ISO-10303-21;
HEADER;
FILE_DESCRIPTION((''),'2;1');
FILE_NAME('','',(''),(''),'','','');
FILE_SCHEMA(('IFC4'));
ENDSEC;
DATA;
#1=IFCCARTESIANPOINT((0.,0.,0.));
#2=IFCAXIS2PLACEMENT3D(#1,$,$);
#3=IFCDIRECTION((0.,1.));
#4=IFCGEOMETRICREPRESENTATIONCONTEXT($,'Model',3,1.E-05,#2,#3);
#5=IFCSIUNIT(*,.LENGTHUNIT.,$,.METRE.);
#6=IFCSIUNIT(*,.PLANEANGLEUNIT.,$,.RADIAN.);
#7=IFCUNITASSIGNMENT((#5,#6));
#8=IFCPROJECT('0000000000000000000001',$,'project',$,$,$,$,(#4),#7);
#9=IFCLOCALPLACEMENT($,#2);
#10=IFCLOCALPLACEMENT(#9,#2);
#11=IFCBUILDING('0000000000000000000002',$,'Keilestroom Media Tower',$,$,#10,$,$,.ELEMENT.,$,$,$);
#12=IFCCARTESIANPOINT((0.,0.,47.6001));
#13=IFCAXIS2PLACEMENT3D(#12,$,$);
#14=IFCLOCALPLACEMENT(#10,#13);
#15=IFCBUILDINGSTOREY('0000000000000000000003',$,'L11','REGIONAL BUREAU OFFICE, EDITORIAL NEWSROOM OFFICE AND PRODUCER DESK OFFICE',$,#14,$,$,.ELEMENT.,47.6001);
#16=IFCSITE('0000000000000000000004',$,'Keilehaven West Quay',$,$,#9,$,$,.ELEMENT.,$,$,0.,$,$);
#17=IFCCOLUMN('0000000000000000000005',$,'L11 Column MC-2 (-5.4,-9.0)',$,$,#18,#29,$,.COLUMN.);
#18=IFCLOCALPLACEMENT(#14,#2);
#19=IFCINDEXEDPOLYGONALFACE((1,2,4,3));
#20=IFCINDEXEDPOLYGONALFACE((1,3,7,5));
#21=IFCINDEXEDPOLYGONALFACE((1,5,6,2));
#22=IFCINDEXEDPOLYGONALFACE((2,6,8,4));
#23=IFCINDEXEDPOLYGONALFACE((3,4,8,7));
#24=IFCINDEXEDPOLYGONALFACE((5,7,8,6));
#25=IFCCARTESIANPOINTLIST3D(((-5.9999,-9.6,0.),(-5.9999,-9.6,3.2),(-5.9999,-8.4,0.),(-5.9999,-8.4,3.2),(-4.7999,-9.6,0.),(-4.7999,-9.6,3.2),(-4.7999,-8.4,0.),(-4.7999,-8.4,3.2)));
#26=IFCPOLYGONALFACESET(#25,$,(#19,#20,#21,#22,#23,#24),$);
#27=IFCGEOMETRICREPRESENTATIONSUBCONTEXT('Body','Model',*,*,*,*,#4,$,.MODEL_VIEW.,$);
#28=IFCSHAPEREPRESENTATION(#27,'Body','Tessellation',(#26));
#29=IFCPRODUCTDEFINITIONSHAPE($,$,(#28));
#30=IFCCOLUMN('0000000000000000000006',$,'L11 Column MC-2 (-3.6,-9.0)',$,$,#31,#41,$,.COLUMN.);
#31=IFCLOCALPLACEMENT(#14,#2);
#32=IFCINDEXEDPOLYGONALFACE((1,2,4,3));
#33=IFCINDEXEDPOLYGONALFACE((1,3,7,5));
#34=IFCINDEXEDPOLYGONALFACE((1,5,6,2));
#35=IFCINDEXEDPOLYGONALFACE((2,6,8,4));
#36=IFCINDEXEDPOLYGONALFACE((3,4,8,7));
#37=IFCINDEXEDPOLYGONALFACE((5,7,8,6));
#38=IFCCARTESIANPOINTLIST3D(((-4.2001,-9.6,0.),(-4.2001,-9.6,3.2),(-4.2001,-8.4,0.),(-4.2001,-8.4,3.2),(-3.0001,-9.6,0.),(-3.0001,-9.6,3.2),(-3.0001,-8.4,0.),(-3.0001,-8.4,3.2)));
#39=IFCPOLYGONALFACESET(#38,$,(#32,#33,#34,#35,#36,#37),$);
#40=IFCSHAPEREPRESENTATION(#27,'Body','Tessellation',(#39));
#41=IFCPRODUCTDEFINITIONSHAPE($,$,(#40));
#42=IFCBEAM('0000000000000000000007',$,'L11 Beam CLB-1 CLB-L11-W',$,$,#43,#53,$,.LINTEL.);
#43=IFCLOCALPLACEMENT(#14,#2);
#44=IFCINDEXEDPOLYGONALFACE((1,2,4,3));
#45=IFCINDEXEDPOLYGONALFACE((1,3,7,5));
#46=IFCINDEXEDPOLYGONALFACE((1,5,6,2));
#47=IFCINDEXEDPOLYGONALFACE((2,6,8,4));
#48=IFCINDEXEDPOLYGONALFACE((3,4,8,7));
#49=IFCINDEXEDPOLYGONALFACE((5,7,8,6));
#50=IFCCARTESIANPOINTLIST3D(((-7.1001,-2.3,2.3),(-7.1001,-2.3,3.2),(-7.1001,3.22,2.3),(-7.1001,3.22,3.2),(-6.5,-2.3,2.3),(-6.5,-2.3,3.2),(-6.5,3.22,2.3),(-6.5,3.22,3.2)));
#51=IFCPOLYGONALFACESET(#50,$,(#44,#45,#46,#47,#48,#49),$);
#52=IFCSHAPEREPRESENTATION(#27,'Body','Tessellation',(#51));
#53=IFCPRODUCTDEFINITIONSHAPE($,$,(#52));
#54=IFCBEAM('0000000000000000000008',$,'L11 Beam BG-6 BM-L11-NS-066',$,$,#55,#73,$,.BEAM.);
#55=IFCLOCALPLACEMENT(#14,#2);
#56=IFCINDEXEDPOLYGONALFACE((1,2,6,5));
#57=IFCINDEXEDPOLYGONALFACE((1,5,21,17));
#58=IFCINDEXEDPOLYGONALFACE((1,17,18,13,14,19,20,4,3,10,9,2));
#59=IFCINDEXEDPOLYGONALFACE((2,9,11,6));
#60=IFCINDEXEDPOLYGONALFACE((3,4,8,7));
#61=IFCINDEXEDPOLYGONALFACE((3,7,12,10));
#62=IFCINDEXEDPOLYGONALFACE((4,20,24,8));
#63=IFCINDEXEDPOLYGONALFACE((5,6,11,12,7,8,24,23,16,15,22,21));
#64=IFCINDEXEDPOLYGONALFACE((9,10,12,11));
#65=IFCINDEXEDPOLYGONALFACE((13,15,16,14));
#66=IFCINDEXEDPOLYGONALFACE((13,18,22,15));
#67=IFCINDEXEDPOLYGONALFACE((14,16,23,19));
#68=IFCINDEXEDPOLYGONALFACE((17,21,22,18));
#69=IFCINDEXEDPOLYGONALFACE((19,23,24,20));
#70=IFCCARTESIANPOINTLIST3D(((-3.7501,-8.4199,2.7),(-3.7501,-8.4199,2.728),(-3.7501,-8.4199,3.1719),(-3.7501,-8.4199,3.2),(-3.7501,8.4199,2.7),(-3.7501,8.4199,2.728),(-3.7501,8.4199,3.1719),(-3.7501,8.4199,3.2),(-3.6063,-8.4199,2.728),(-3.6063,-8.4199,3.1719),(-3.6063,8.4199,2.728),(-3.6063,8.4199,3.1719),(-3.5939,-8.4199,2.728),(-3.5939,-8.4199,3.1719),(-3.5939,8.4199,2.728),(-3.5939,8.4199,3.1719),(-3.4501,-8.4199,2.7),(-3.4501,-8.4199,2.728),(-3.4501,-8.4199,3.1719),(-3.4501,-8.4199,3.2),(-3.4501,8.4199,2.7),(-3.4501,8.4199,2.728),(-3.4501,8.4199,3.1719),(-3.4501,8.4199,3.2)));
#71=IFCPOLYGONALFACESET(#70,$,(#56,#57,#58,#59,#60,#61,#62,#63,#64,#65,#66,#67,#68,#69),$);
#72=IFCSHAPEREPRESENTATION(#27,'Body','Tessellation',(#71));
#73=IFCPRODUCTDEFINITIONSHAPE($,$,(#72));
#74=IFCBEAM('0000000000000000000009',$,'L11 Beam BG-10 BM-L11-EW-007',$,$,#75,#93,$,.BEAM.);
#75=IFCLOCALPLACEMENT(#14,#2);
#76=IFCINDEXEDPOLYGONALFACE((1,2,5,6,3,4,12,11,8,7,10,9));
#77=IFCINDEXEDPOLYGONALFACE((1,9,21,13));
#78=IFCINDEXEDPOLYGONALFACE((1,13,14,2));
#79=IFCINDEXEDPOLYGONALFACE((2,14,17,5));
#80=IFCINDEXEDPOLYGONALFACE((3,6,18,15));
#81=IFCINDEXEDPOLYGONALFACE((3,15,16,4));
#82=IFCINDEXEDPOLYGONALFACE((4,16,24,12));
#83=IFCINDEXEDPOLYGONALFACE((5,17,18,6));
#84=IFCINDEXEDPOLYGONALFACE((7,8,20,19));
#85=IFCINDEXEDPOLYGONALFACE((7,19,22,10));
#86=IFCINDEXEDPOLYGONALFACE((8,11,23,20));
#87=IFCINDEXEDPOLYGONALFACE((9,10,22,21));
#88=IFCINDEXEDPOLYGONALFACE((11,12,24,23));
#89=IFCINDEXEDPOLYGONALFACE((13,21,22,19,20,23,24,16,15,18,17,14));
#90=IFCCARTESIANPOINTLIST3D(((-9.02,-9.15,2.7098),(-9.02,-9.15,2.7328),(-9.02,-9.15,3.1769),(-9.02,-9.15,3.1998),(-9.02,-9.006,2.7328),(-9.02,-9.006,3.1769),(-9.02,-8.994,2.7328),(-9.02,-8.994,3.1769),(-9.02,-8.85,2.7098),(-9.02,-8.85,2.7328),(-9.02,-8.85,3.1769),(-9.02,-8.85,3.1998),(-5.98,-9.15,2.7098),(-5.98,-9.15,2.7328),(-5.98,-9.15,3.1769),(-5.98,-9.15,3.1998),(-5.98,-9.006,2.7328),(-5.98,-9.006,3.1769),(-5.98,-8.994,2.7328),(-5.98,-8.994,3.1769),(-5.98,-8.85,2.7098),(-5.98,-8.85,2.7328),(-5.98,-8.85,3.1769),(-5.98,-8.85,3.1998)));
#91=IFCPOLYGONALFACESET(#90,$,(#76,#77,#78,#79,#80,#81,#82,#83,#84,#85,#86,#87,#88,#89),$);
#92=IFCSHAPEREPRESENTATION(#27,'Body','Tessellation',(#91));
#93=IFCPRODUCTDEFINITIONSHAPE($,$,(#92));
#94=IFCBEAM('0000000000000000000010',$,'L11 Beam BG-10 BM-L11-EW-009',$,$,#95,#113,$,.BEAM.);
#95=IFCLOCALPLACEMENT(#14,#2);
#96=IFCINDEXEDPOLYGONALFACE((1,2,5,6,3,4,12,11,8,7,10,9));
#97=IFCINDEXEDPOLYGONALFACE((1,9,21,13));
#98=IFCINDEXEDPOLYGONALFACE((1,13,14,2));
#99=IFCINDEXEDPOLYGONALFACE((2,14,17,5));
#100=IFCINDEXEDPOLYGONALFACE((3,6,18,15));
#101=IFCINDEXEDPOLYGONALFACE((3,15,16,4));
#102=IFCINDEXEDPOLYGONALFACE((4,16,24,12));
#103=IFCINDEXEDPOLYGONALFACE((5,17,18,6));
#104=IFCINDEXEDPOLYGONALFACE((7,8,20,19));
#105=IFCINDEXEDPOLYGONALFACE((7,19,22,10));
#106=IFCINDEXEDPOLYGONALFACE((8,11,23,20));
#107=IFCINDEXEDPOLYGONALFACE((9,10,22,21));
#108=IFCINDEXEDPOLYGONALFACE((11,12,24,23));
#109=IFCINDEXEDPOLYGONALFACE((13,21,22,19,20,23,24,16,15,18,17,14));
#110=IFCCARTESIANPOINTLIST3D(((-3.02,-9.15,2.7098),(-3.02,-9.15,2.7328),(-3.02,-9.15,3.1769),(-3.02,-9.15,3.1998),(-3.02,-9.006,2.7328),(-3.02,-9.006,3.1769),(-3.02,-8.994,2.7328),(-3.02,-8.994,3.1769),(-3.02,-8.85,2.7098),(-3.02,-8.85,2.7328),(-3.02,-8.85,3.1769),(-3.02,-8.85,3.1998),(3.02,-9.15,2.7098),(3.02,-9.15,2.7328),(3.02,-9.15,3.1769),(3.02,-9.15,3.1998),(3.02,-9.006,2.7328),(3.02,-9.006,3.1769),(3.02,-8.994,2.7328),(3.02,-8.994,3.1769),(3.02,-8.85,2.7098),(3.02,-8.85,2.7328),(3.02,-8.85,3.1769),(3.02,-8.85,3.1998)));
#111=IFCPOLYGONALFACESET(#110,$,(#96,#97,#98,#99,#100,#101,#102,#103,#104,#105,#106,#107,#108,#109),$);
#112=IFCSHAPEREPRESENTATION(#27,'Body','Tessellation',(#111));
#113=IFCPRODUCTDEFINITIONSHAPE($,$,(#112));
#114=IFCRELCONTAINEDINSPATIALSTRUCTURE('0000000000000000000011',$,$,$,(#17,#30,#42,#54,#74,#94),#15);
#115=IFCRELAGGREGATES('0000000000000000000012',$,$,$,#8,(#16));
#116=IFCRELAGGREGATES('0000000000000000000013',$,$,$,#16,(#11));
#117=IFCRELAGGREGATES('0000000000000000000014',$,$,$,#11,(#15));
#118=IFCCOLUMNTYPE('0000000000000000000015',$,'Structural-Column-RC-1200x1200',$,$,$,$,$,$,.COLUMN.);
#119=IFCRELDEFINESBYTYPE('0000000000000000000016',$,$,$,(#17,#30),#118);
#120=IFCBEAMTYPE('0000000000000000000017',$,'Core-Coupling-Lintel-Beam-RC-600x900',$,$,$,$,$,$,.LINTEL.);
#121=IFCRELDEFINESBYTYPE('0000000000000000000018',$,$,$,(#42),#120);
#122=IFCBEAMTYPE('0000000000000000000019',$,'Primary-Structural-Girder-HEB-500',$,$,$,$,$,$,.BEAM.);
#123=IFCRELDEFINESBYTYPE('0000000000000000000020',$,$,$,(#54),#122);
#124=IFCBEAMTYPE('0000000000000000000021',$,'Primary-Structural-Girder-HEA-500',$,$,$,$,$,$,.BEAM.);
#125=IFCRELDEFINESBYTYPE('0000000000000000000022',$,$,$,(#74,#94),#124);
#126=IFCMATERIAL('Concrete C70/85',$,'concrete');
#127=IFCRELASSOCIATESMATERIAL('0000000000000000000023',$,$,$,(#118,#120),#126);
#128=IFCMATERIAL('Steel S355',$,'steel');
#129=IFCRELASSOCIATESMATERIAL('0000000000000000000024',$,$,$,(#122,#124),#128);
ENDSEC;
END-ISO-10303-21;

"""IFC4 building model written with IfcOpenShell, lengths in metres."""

from ifc_helpers import new_model, si_unit, direction, frame, origin, origin_2d, place, context, subcontext, project, spatial, rectangle, i_section, extrude, source, transform, mapped, material, material_profile, profile_set, type_object, element, save


model = new_model("IFC4")

# Units and contexts
model_context = context("Model", 3, precision=1e-05, world=origin(), true_north=direction((0.0, 1.0)))
body_context = subcontext(model_context, "Body", "Model", "MODEL_VIEW")
ifc_project = project(units=[si_unit("LENGTHUNIT", "METRE"), si_unit("PLANEANGLEUNIT", "RADIAN")], contexts=[model_context])

# Site, building, storey
site_placement = place(None, origin())
site = spatial("IfcSite", under=ifc_project, at=site_placement, Name="Keilehaven West Quay", CompositionType="ELEMENT", RefElevation=0.0)
building_placement = place(site_placement, origin())
building = spatial("IfcBuilding", under=site, at=building_placement, Name="Keilestroom Media Tower", CompositionType="ELEMENT")
storey_placement = place(building_placement, frame((0.0, 0.0, 47.6001)))
storey = spatial("IfcBuildingStorey", under=building, at=storey_placement, Name="L11", Description="REGIONAL BUREAU OFFICE, EDITORIAL NEWSROOM OFFICE AND PRODUCER DESK OFFICE", CompositionType="ELEMENT", Elevation=47.6001)

# Columns
ifc_material_1 = material(Name="Concrete C70/85", Category="concrete")
ifc_material_profile_1 = material_profile(ifc_material_1, rectangle(XDim=1.2, YDim=1.2, at=origin_2d()), Name="RC 1200x1200")
ifc_profile_set_1 = profile_set([ifc_material_profile_1], Name="Concrete C70/85")
column_type = type_object("IfcColumnType", Name="Structural-Column-RC-1200x1200", PredefinedType="COLUMN", material=ifc_profile_set_1)
shared_shape_1 = source(origin(), body_context, "Body", "SweptSolid", [
    extrude(rectangle(XDim=1.2, YDim=1.2, at=origin_2d()), origin(), (0.0, 0.0, 1.0), 3.2),
])
for number, where, z_axis, x_axis, name in (
    (1, (-5.3999, -9.0, 0.0), (0.0, 0.0, 1.0), (1.0, 0.0, 0.0), "L11 Column MC-2 (-5.4,-9.0)"),
    (2, (-3.6001, -9.0, 0.0), (0.0, 0.0, 1.0), (1.0, 0.0, 0.0), "L11 Column MC-2 (-3.6,-9.0)"),
):
    element("IfcColumn", number, at=place(storey_placement, frame(where, z_axis=z_axis, x_axis=x_axis)), inside=storey, type_object=column_type, Name=name, PredefinedType="COLUMN", context=body_context, shape_type="MappedRepresentation", body=[
        mapped(shared_shape_1, transform((0.0, 0.0, 0.0), x_axis=(1.0, 0.0, 0.0), y_axis=(0.0, 1.0, 0.0), z_axis=(0.0, 0.0, 1.0), scale=1.0)),
    ])

# Beams
ifc_material_profile_2 = material_profile(ifc_material_1, rectangle(XDim=0.6001, YDim=0.8999, at=origin_2d()), Name="RC 600x900")
ifc_profile_set_2 = profile_set([ifc_material_profile_2], Name="Concrete C70/85")
beam_type_1 = type_object("IfcBeamType", Name="Core-Coupling-Lintel-Beam-RC-600x900", PredefinedType="LINTEL", material=ifc_profile_set_2)
shared_shape_2 = source(origin(), body_context, "Body", "SweptSolid", [
    extrude(rectangle(XDim=0.6001, YDim=0.8999, at=origin_2d()), origin(), (0.0, 0.0, 1.0), 5.52),
])
beam_1_placement = place(storey_placement, frame((-6.8, -2.3, 2.75), z_axis=(0.0, 1.0, 0.0), x_axis=(-1.0, 0.0, 0.0)))
element("IfcBeam", 3, at=beam_1_placement, inside=storey, type_object=beam_type_1, Name="L11 Beam CLB-1 CLB-L11-W", PredefinedType="LINTEL", context=body_context, shape_type="MappedRepresentation", body=[
    mapped(shared_shape_2, transform((0.0, 0.0, 0.0), x_axis=(1.0, 0.0, 0.0), y_axis=(0.0, 1.0, 0.0), z_axis=(0.0, 0.0, 1.0), scale=1.0)),
])
ifc_material_2 = material(Name="Steel S355", Category="steel")
ifc_material_profile_3 = material_profile(ifc_material_2, i_section(OverallWidth=0.3, OverallDepth=0.5, WebThickness=0.0125, FlangeThickness=0.0281, at=origin_2d()), Name="HEB 500")
ifc_profile_set_3 = profile_set([ifc_material_profile_3], Name="Steel S355")
beam_type_2 = type_object("IfcBeamType", Name="Primary-Structural-Girder-HEB-500", PredefinedType="BEAM", material=ifc_profile_set_3)
shared_shape_3 = source(origin(), body_context, "Body", "SweptSolid", [
    extrude(i_section(OverallWidth=0.3, OverallDepth=0.5, WebThickness=0.0125, FlangeThickness=0.0281, at=origin_2d()), origin(), (0.0, 0.0, 1.0), 16.8398),
])
beam_2_placement = place(storey_placement, frame((-3.6001, -8.4199, 2.95), z_axis=(0.0, 1.0, 0.0), x_axis=(-1.0, 0.0, 0.0)))
element("IfcBeam", 4, at=beam_2_placement, inside=storey, type_object=beam_type_2, Name="L11 Beam BG-6 BM-L11-NS-066", PredefinedType="BEAM", context=body_context, shape_type="MappedRepresentation", body=[
    mapped(shared_shape_3, transform((0.0, 0.0, 0.0), x_axis=(1.0, 0.0, 0.0), y_axis=(0.0, 1.0, 0.0), z_axis=(0.0, 0.0, 1.0), scale=1.0)),
])
ifc_material_profile_4 = material_profile(ifc_material_2, i_section(OverallWidth=0.3, OverallDepth=0.49, WebThickness=0.012, FlangeThickness=0.0229, at=origin_2d()), Name="HEA 500")
ifc_profile_set_4 = profile_set([ifc_material_profile_4], Name="Steel S355")
beam_type_3 = type_object("IfcBeamType", Name="Primary-Structural-Girder-HEA-500", PredefinedType="BEAM", material=ifc_profile_set_4)
shared_shape_4 = source(origin(), body_context, "Body", "SweptSolid", [
    extrude(i_section(OverallWidth=0.3, OverallDepth=0.49, WebThickness=0.012, FlangeThickness=0.0229, at=origin_2d()), origin(), (0.0, 0.0, 1.0), 3.04),
])
beam_3_placement = place(storey_placement, frame((-9.02, -9.0, 2.9548), z_axis=(1.0, 0.0, 0.0), x_axis=(0.0, 1.0, 0.0)))
element("IfcBeam", 5, at=beam_3_placement, inside=storey, type_object=beam_type_3, Name="L11 Beam BG-10 BM-L11-EW-007", PredefinedType="BEAM", context=body_context, shape_type="MappedRepresentation", body=[
    mapped(shared_shape_4, transform((0.0, 0.0, 0.0), x_axis=(1.0, 0.0, 0.0), y_axis=(0.0, 1.0, 0.0), z_axis=(0.0, 0.0, 1.0), scale=1.0)),
])
shared_shape_5 = source(origin(), body_context, "Body", "SweptSolid", [
    extrude(i_section(OverallWidth=0.3, OverallDepth=0.49, WebThickness=0.012, FlangeThickness=0.0229, at=origin_2d()), origin(), (0.0, 0.0, 1.0), 6.04),
])
beam_4_placement = place(storey_placement, frame((-3.02, -9.0, 2.9548), z_axis=(1.0, 0.0, 0.0), x_axis=(0.0, 1.0, 0.0)))
element("IfcBeam", 6, at=beam_4_placement, inside=storey, type_object=beam_type_3, Name="L11 Beam BG-10 BM-L11-EW-009", PredefinedType="BEAM", context=body_context, shape_type="MappedRepresentation", body=[
    mapped(shared_shape_5, transform((0.0, 0.0, 0.0), x_axis=(1.0, 0.0, 0.0), y_axis=(0.0, 1.0, 0.0), z_axis=(0.0, 0.0, 1.0), scale=1.0)),
])

save(model, "model.ifc")
